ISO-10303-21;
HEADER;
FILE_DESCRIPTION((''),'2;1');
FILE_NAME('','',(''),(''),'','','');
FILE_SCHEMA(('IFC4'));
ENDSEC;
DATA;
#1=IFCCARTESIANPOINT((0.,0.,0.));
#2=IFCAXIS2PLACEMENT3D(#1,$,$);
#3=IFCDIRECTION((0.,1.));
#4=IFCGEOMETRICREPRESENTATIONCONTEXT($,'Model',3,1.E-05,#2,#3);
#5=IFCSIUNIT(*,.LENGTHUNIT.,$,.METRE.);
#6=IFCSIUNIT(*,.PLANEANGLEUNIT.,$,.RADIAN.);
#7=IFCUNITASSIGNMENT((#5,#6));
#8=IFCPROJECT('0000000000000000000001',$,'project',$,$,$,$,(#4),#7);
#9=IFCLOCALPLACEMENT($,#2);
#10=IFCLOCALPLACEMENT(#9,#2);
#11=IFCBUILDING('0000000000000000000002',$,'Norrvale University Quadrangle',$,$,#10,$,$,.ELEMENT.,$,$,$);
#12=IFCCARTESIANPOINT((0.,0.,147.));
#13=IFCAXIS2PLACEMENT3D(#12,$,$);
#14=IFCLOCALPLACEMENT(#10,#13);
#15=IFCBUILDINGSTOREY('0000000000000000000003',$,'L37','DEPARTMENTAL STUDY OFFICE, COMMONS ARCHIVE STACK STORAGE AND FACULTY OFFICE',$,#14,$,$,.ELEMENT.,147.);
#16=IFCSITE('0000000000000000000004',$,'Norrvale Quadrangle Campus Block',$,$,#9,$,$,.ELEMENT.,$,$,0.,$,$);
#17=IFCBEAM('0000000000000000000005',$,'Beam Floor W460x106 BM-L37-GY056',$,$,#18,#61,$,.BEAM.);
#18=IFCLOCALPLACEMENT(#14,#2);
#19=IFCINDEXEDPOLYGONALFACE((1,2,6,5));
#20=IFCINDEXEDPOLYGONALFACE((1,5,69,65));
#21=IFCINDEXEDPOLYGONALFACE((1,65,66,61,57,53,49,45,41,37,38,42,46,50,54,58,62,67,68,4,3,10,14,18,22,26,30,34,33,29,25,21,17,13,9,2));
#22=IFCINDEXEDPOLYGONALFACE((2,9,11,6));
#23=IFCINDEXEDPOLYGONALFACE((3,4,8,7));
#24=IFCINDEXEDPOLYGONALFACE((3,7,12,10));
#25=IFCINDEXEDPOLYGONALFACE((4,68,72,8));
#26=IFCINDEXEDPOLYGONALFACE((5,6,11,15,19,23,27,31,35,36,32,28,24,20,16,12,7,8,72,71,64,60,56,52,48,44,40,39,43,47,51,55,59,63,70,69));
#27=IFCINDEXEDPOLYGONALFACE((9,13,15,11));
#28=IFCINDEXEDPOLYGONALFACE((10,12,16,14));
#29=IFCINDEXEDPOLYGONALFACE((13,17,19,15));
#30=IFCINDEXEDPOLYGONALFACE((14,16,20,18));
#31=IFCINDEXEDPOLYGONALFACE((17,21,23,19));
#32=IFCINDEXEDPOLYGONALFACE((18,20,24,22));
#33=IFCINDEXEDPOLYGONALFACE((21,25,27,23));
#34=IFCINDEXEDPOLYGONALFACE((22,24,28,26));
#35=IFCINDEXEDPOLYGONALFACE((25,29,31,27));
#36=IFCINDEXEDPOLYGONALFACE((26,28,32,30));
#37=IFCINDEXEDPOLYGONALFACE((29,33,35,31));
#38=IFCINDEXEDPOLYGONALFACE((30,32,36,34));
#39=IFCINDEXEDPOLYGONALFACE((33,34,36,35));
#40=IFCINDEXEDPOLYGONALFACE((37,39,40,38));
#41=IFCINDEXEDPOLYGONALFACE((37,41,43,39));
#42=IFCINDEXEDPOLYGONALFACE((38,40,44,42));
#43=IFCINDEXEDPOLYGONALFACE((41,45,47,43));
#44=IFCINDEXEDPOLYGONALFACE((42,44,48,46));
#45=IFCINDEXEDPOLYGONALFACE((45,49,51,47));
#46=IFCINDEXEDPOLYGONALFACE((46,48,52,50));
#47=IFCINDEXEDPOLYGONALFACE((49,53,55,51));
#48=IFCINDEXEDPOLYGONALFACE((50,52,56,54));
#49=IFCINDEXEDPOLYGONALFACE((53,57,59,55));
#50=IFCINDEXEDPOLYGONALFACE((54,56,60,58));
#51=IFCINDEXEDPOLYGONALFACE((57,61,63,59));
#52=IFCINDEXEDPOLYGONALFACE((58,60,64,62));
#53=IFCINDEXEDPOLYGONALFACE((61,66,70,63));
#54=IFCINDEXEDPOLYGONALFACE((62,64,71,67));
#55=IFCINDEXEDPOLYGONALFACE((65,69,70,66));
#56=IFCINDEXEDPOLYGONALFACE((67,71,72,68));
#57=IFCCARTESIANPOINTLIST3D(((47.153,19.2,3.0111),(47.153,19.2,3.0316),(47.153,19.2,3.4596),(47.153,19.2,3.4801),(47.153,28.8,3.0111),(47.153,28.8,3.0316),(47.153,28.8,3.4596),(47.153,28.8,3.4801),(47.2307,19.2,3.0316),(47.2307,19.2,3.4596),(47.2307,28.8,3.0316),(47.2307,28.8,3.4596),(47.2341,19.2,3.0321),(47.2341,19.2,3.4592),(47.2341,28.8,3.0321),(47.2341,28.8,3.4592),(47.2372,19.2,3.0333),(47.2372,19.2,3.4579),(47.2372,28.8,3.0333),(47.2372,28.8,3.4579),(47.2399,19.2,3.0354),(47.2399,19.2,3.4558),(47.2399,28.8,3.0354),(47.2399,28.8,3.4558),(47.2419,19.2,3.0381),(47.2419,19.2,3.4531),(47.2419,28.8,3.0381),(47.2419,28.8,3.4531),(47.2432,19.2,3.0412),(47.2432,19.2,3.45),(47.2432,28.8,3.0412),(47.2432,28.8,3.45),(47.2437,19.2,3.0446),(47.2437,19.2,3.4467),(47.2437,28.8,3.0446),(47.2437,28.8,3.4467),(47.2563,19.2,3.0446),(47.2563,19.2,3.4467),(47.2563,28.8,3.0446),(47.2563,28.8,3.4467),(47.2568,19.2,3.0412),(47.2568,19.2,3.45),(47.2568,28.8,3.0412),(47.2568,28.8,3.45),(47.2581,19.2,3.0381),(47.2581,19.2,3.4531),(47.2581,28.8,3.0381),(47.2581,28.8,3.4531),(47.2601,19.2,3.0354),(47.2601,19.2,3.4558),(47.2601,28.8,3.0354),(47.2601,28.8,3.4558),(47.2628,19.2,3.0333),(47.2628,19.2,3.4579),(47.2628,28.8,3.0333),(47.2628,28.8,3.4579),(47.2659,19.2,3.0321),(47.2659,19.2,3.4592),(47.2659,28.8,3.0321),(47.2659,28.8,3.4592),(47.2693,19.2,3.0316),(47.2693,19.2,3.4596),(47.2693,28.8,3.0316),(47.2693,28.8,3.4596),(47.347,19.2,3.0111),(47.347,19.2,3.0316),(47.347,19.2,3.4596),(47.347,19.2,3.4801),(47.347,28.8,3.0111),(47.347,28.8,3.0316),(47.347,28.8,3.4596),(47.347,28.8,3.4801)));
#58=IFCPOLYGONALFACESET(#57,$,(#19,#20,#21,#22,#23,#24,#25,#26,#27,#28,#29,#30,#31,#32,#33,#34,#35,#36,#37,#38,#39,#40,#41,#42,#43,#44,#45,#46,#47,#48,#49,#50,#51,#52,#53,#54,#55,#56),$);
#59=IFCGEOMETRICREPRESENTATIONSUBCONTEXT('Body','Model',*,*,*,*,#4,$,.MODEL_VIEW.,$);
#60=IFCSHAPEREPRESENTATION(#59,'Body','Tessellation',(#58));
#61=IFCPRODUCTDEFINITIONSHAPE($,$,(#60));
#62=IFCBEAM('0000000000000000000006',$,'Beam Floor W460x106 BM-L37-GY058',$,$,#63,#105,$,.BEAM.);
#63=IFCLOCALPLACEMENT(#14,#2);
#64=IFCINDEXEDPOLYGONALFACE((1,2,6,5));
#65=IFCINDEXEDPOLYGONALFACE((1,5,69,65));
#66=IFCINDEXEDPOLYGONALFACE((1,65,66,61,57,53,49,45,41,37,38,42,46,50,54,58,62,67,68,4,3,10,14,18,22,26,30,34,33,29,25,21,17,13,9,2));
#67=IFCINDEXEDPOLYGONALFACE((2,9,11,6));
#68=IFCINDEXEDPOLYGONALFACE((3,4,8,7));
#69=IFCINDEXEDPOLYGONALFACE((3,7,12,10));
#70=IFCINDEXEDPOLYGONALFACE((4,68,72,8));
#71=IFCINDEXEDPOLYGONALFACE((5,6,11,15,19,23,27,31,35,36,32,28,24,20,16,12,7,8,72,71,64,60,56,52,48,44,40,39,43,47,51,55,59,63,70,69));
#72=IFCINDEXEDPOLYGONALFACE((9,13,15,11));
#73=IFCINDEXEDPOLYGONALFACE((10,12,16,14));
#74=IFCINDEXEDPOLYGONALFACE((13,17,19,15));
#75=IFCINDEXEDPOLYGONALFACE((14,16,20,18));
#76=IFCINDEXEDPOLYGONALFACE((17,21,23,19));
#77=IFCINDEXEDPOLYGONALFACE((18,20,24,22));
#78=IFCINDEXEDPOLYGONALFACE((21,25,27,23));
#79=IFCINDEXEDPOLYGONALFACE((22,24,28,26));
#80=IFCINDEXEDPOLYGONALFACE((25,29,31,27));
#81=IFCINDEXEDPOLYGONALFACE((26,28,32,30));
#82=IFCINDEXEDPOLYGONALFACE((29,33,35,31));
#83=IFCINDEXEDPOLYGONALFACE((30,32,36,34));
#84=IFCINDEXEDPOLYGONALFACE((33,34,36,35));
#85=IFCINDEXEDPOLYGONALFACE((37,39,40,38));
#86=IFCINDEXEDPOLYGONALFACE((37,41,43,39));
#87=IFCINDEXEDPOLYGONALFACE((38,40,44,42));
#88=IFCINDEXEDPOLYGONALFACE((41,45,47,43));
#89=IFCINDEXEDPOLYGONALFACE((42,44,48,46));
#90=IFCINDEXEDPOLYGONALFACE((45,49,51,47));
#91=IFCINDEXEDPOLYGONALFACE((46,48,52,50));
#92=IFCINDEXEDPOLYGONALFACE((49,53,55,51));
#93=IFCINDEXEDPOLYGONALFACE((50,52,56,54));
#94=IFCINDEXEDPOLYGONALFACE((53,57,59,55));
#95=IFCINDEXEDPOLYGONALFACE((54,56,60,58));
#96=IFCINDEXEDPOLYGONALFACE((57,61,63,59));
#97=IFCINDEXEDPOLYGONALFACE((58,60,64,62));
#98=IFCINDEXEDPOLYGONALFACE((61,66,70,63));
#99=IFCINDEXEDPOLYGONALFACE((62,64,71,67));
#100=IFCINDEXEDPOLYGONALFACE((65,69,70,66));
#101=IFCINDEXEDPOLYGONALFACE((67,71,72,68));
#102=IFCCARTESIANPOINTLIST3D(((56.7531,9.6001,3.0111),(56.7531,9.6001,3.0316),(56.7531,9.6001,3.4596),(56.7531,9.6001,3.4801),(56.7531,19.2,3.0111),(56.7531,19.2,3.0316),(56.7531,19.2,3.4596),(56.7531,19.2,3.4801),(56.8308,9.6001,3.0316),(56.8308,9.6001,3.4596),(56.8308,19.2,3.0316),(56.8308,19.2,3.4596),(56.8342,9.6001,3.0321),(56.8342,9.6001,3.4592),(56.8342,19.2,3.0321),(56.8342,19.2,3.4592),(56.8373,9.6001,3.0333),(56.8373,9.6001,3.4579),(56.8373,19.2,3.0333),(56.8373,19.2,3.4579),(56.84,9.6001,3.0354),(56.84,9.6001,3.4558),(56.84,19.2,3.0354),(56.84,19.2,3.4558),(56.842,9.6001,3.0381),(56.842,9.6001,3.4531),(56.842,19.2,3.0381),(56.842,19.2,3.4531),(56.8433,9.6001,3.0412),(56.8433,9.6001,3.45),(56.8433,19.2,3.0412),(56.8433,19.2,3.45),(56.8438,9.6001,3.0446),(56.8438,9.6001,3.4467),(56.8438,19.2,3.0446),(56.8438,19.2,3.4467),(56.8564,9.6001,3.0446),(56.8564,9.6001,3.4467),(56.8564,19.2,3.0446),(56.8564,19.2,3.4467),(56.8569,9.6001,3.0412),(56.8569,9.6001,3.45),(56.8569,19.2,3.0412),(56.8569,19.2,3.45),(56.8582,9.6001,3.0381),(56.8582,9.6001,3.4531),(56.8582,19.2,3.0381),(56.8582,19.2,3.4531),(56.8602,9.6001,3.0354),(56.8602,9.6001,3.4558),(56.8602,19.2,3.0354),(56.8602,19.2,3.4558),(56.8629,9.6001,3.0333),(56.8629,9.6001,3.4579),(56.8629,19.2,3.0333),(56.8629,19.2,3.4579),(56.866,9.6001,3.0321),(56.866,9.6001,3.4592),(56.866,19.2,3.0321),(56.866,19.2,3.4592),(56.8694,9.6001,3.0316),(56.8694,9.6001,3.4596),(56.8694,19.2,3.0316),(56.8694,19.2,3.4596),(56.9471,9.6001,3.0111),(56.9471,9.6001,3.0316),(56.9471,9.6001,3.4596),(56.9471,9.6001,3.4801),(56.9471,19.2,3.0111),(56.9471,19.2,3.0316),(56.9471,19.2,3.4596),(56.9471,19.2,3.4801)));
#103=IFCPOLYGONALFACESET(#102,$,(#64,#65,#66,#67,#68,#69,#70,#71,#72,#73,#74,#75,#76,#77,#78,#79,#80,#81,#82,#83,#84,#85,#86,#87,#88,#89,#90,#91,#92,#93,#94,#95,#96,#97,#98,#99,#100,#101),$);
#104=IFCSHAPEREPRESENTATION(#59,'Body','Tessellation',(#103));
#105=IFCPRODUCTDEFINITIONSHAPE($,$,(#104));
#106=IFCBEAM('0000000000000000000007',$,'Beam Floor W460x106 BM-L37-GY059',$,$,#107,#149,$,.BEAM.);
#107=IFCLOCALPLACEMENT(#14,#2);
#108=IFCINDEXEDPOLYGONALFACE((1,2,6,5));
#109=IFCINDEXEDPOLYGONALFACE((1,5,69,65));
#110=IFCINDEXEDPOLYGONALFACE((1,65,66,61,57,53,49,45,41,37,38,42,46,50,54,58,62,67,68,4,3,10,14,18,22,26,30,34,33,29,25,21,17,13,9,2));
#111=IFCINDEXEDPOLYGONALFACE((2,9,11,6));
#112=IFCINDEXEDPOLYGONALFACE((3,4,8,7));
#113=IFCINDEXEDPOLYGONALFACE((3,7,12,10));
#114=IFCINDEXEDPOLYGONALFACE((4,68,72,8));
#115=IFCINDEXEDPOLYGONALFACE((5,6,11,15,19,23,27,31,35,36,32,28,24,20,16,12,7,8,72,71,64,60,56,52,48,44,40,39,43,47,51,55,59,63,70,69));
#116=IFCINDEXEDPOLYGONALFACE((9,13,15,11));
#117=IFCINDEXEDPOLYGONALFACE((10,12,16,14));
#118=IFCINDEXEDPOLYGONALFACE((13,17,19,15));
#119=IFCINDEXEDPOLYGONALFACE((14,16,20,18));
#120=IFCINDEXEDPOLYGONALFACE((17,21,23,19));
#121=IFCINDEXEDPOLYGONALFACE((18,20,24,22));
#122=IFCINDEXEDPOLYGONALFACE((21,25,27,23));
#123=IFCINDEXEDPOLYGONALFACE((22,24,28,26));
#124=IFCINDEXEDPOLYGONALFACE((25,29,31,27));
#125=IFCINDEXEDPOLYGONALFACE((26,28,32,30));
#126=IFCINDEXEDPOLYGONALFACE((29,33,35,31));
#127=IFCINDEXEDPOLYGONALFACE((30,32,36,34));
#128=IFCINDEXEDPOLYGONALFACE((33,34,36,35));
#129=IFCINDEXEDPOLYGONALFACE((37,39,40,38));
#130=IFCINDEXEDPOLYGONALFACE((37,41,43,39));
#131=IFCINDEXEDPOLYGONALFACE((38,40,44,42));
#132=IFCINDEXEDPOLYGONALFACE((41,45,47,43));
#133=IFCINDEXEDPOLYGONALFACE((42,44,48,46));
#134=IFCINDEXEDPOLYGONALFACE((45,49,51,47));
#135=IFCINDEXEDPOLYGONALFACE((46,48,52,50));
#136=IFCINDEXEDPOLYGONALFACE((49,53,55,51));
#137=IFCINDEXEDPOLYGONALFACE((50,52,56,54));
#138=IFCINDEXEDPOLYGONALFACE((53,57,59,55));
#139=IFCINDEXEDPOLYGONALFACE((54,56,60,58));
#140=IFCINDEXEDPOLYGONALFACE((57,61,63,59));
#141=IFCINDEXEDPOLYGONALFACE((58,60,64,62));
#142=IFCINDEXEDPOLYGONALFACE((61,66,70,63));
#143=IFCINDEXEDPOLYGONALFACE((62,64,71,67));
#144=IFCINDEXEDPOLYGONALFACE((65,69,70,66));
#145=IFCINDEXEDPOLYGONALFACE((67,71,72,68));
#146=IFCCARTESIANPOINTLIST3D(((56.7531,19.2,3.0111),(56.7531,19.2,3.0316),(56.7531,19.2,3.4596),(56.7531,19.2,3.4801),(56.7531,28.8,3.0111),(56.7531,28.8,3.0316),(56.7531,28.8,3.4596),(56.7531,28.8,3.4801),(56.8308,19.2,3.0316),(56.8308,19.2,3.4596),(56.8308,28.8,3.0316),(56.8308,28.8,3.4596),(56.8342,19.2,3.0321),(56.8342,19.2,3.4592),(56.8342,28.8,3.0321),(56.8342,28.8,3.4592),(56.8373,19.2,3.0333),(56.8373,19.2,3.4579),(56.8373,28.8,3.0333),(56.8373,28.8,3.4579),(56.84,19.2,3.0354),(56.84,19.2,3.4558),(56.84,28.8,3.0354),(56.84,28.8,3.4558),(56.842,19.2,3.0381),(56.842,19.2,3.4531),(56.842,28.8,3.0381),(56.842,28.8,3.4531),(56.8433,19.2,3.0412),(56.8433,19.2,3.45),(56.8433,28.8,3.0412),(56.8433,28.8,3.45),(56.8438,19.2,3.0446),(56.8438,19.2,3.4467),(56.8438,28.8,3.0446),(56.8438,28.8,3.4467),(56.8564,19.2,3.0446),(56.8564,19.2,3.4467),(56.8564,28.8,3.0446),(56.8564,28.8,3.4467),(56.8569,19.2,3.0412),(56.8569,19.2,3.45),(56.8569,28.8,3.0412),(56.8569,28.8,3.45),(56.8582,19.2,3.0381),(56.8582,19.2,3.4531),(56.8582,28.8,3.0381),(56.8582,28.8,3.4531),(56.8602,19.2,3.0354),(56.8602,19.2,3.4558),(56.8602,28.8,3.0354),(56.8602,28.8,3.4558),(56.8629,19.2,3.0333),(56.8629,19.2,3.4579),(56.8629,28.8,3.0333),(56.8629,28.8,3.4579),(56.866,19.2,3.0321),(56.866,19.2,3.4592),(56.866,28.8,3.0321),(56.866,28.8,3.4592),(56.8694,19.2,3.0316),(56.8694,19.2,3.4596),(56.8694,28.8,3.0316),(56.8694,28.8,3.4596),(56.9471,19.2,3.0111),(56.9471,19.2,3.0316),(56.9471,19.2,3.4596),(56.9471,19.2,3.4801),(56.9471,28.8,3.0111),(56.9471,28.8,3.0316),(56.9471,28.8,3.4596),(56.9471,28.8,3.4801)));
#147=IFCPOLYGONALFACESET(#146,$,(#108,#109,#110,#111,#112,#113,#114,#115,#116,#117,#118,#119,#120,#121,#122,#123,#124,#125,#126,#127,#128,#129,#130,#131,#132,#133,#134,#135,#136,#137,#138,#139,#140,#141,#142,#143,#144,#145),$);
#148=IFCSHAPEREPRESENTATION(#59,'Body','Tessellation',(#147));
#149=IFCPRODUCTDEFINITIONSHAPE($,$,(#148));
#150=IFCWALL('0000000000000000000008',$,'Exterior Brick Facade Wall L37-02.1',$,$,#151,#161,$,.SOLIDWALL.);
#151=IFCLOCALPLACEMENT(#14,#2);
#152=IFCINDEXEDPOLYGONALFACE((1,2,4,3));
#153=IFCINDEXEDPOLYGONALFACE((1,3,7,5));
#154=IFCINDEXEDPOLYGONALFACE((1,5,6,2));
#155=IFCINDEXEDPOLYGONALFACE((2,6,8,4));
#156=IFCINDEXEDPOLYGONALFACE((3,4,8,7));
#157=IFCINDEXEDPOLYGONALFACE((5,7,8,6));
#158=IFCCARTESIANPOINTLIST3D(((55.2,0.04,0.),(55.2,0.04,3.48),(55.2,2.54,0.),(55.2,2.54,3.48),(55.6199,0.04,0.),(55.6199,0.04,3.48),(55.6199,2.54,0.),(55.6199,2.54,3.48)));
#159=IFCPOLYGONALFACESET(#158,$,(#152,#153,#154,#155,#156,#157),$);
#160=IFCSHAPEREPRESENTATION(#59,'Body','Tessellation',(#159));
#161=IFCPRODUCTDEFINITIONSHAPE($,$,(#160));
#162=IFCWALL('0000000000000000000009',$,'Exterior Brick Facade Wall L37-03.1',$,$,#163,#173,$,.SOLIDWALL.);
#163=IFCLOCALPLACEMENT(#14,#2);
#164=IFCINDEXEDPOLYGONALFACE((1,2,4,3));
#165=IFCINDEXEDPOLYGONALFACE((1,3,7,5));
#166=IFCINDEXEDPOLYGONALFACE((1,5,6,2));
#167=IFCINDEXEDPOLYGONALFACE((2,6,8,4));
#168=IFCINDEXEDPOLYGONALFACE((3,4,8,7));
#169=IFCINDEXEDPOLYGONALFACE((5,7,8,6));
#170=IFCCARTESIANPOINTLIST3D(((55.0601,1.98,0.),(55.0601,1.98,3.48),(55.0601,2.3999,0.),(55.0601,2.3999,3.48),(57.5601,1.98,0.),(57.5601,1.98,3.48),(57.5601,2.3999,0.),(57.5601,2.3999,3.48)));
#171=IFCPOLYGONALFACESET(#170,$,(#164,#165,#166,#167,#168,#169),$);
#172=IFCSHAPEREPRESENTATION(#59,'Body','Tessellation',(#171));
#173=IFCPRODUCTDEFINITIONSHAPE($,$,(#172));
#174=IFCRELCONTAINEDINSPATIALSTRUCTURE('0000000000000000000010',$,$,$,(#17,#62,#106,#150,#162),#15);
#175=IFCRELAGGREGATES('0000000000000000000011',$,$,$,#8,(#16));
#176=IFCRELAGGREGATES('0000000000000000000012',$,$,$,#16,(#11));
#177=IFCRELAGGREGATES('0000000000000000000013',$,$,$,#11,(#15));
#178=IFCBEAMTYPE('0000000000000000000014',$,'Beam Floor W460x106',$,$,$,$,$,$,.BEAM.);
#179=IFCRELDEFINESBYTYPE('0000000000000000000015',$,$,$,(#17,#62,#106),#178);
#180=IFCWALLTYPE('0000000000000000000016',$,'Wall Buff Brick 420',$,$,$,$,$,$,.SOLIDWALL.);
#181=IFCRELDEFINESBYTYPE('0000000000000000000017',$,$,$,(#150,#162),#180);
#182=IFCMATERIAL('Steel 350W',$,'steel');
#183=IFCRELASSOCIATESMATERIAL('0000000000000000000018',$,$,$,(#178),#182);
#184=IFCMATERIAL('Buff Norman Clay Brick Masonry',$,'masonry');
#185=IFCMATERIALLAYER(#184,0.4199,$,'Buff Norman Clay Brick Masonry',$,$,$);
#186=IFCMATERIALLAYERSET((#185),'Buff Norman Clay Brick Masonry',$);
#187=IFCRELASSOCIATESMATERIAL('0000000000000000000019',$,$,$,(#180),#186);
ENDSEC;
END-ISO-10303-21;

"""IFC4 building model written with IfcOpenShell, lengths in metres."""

from ifc_helpers import new_model, si_unit, direction, frame, frame_2d, origin, origin_2d, place, context, subcontext, project, spatial, rectangle, i_section, extrude, material, layer, layer_set, material_profile, profile_set, type_object, element, save


model = new_model("IFC4")

# Units and contexts
model_context = context("Model", 3, precision=1e-05, world=origin(), true_north=direction((0.0, 1.0)))
body_context = subcontext(model_context, "Body", "Model", "MODEL_VIEW")
ifc_project = project(units=[si_unit("LENGTHUNIT", "METRE"), si_unit("PLANEANGLEUNIT", "RADIAN")], contexts=[model_context])

# Site, building, storey
site_placement = place(None, origin())
site = spatial("IfcSite", under=ifc_project, at=site_placement, Name="Norrvale Quadrangle Campus Block", CompositionType="ELEMENT", RefElevation=0.0)
building_placement = place(site_placement, origin())
building = spatial("IfcBuilding", under=site, at=building_placement, Name="Norrvale University Quadrangle", CompositionType="ELEMENT")
storey_placement = place(building_placement, frame((0.0, 0.0, 147.0)))
storey = spatial("IfcBuildingStorey", under=building, at=storey_placement, Name="L37", Description="DEPARTMENTAL STUDY OFFICE, COMMONS ARCHIVE STACK STORAGE AND FACULTY OFFICE", CompositionType="ELEMENT", Elevation=147.0)

# Beams
ifc_material_1 = material(Name="Steel 350W", Category="steel")
ifc_material_profile_1 = material_profile(ifc_material_1, i_section(OverallWidth=0.1941, OverallDepth=0.469, WebThickness=0.0127, FlangeThickness=0.0205, FilletRadius=0.0129, at=origin_2d()), Name="Steel 350W")
ifc_profile_set_1 = profile_set([ifc_material_profile_1], Name="Steel 350W")
beam_type_1 = type_object("IfcBeamType", Name="Beam Floor W460x106", PredefinedType="BEAM", material=ifc_profile_set_1)
beam_1_placement = place(storey_placement, frame((47.25, 19.2, 3.2456), z_axis=(0.0, 1.0, 0.0), x_axis=(-1.0, 0.0, 0.0)))
element("IfcBeam", 1, at=beam_1_placement, inside=storey, type_object=beam_type_1, Name="Beam Floor W460x106 BM-L37-GY056", PredefinedType="BEAM", context=body_context, shape_type="SweptSolid", body=[
    extrude(i_section(OverallWidth=0.1941, OverallDepth=0.469, WebThickness=0.0127, FlangeThickness=0.0205, FilletRadius=0.0129, at=origin_2d()), origin(), (0.0, 0.0, 1.0), 9.6001),
])
beam_2_placement = place(storey_placement, frame((56.8501, 9.6001, 3.2456), z_axis=(0.0, 1.0, 0.0), x_axis=(-1.0, 0.0, 0.0)))
element("IfcBeam", 2, at=beam_2_placement, inside=storey, type_object=beam_type_1, Name="Beam Floor W460x106 BM-L37-GY058", PredefinedType="BEAM", context=body_context, shape_type="SweptSolid", body=[
    extrude(i_section(OverallWidth=0.1941, OverallDepth=0.469, WebThickness=0.0127, FlangeThickness=0.0205, FilletRadius=0.0129, at=origin_2d()), origin(), (0.0, 0.0, 1.0), 9.5999),
])
beam_3_placement = place(storey_placement, frame((56.8501, 19.2, 3.2456), z_axis=(0.0, 1.0, 0.0), x_axis=(-1.0, 0.0, 0.0)))
element("IfcBeam", 3, at=beam_3_placement, inside=storey, type_object=beam_type_1, Name="Beam Floor W460x106 BM-L37-GY059", PredefinedType="BEAM", context=body_context, shape_type="SweptSolid", body=[
    extrude(i_section(OverallWidth=0.1941, OverallDepth=0.469, WebThickness=0.0127, FlangeThickness=0.0205, FilletRadius=0.0129, at=origin_2d()), origin(), (0.0, 0.0, 1.0), 9.6001),
])

# Walls
ifc_material_2 = material(Name="Buff Norman Clay Brick Masonry", Category="masonry")
ifc_layer_1 = layer(ifc_material_2, 0.4199, Name="Buff Norman Clay Brick Masonry")
ifc_layer_set_1 = layer_set([ifc_layer_1], Name="Buff Norman Clay Brick Masonry")
wall_type_1 = type_object("IfcWallType", Name="Wall Buff Brick 420", PredefinedType="SOLIDWALL", material=ifc_layer_set_1)
for number, where, z_axis, x_axis, name in (
    (4, (55.4099, 0.04, 0.0), (0.0, 0.0, 1.0), (0.0, 1.0, 0.0), "Exterior Brick Facade Wall L37-02.1"),
    (5, (55.0601, 2.1899, 0.0), (0.0, 0.0, 1.0), (1.0, 0.0, 0.0), "Exterior Brick Facade Wall L37-03.1"),
):
    element("IfcWall", number, at=place(storey_placement, frame(where, z_axis=z_axis, x_axis=x_axis)), inside=storey, type_object=wall_type_1, Name=name, PredefinedType="SOLIDWALL", context=body_context, shape_type="SweptSolid", body=[
        extrude(rectangle(XDim=2.5, YDim=0.4199, at=frame_2d((1.25, 0.0))), origin(), (0.0, 0.0, 1.0), 3.48),
    ])

save(model, "model.ifc")
